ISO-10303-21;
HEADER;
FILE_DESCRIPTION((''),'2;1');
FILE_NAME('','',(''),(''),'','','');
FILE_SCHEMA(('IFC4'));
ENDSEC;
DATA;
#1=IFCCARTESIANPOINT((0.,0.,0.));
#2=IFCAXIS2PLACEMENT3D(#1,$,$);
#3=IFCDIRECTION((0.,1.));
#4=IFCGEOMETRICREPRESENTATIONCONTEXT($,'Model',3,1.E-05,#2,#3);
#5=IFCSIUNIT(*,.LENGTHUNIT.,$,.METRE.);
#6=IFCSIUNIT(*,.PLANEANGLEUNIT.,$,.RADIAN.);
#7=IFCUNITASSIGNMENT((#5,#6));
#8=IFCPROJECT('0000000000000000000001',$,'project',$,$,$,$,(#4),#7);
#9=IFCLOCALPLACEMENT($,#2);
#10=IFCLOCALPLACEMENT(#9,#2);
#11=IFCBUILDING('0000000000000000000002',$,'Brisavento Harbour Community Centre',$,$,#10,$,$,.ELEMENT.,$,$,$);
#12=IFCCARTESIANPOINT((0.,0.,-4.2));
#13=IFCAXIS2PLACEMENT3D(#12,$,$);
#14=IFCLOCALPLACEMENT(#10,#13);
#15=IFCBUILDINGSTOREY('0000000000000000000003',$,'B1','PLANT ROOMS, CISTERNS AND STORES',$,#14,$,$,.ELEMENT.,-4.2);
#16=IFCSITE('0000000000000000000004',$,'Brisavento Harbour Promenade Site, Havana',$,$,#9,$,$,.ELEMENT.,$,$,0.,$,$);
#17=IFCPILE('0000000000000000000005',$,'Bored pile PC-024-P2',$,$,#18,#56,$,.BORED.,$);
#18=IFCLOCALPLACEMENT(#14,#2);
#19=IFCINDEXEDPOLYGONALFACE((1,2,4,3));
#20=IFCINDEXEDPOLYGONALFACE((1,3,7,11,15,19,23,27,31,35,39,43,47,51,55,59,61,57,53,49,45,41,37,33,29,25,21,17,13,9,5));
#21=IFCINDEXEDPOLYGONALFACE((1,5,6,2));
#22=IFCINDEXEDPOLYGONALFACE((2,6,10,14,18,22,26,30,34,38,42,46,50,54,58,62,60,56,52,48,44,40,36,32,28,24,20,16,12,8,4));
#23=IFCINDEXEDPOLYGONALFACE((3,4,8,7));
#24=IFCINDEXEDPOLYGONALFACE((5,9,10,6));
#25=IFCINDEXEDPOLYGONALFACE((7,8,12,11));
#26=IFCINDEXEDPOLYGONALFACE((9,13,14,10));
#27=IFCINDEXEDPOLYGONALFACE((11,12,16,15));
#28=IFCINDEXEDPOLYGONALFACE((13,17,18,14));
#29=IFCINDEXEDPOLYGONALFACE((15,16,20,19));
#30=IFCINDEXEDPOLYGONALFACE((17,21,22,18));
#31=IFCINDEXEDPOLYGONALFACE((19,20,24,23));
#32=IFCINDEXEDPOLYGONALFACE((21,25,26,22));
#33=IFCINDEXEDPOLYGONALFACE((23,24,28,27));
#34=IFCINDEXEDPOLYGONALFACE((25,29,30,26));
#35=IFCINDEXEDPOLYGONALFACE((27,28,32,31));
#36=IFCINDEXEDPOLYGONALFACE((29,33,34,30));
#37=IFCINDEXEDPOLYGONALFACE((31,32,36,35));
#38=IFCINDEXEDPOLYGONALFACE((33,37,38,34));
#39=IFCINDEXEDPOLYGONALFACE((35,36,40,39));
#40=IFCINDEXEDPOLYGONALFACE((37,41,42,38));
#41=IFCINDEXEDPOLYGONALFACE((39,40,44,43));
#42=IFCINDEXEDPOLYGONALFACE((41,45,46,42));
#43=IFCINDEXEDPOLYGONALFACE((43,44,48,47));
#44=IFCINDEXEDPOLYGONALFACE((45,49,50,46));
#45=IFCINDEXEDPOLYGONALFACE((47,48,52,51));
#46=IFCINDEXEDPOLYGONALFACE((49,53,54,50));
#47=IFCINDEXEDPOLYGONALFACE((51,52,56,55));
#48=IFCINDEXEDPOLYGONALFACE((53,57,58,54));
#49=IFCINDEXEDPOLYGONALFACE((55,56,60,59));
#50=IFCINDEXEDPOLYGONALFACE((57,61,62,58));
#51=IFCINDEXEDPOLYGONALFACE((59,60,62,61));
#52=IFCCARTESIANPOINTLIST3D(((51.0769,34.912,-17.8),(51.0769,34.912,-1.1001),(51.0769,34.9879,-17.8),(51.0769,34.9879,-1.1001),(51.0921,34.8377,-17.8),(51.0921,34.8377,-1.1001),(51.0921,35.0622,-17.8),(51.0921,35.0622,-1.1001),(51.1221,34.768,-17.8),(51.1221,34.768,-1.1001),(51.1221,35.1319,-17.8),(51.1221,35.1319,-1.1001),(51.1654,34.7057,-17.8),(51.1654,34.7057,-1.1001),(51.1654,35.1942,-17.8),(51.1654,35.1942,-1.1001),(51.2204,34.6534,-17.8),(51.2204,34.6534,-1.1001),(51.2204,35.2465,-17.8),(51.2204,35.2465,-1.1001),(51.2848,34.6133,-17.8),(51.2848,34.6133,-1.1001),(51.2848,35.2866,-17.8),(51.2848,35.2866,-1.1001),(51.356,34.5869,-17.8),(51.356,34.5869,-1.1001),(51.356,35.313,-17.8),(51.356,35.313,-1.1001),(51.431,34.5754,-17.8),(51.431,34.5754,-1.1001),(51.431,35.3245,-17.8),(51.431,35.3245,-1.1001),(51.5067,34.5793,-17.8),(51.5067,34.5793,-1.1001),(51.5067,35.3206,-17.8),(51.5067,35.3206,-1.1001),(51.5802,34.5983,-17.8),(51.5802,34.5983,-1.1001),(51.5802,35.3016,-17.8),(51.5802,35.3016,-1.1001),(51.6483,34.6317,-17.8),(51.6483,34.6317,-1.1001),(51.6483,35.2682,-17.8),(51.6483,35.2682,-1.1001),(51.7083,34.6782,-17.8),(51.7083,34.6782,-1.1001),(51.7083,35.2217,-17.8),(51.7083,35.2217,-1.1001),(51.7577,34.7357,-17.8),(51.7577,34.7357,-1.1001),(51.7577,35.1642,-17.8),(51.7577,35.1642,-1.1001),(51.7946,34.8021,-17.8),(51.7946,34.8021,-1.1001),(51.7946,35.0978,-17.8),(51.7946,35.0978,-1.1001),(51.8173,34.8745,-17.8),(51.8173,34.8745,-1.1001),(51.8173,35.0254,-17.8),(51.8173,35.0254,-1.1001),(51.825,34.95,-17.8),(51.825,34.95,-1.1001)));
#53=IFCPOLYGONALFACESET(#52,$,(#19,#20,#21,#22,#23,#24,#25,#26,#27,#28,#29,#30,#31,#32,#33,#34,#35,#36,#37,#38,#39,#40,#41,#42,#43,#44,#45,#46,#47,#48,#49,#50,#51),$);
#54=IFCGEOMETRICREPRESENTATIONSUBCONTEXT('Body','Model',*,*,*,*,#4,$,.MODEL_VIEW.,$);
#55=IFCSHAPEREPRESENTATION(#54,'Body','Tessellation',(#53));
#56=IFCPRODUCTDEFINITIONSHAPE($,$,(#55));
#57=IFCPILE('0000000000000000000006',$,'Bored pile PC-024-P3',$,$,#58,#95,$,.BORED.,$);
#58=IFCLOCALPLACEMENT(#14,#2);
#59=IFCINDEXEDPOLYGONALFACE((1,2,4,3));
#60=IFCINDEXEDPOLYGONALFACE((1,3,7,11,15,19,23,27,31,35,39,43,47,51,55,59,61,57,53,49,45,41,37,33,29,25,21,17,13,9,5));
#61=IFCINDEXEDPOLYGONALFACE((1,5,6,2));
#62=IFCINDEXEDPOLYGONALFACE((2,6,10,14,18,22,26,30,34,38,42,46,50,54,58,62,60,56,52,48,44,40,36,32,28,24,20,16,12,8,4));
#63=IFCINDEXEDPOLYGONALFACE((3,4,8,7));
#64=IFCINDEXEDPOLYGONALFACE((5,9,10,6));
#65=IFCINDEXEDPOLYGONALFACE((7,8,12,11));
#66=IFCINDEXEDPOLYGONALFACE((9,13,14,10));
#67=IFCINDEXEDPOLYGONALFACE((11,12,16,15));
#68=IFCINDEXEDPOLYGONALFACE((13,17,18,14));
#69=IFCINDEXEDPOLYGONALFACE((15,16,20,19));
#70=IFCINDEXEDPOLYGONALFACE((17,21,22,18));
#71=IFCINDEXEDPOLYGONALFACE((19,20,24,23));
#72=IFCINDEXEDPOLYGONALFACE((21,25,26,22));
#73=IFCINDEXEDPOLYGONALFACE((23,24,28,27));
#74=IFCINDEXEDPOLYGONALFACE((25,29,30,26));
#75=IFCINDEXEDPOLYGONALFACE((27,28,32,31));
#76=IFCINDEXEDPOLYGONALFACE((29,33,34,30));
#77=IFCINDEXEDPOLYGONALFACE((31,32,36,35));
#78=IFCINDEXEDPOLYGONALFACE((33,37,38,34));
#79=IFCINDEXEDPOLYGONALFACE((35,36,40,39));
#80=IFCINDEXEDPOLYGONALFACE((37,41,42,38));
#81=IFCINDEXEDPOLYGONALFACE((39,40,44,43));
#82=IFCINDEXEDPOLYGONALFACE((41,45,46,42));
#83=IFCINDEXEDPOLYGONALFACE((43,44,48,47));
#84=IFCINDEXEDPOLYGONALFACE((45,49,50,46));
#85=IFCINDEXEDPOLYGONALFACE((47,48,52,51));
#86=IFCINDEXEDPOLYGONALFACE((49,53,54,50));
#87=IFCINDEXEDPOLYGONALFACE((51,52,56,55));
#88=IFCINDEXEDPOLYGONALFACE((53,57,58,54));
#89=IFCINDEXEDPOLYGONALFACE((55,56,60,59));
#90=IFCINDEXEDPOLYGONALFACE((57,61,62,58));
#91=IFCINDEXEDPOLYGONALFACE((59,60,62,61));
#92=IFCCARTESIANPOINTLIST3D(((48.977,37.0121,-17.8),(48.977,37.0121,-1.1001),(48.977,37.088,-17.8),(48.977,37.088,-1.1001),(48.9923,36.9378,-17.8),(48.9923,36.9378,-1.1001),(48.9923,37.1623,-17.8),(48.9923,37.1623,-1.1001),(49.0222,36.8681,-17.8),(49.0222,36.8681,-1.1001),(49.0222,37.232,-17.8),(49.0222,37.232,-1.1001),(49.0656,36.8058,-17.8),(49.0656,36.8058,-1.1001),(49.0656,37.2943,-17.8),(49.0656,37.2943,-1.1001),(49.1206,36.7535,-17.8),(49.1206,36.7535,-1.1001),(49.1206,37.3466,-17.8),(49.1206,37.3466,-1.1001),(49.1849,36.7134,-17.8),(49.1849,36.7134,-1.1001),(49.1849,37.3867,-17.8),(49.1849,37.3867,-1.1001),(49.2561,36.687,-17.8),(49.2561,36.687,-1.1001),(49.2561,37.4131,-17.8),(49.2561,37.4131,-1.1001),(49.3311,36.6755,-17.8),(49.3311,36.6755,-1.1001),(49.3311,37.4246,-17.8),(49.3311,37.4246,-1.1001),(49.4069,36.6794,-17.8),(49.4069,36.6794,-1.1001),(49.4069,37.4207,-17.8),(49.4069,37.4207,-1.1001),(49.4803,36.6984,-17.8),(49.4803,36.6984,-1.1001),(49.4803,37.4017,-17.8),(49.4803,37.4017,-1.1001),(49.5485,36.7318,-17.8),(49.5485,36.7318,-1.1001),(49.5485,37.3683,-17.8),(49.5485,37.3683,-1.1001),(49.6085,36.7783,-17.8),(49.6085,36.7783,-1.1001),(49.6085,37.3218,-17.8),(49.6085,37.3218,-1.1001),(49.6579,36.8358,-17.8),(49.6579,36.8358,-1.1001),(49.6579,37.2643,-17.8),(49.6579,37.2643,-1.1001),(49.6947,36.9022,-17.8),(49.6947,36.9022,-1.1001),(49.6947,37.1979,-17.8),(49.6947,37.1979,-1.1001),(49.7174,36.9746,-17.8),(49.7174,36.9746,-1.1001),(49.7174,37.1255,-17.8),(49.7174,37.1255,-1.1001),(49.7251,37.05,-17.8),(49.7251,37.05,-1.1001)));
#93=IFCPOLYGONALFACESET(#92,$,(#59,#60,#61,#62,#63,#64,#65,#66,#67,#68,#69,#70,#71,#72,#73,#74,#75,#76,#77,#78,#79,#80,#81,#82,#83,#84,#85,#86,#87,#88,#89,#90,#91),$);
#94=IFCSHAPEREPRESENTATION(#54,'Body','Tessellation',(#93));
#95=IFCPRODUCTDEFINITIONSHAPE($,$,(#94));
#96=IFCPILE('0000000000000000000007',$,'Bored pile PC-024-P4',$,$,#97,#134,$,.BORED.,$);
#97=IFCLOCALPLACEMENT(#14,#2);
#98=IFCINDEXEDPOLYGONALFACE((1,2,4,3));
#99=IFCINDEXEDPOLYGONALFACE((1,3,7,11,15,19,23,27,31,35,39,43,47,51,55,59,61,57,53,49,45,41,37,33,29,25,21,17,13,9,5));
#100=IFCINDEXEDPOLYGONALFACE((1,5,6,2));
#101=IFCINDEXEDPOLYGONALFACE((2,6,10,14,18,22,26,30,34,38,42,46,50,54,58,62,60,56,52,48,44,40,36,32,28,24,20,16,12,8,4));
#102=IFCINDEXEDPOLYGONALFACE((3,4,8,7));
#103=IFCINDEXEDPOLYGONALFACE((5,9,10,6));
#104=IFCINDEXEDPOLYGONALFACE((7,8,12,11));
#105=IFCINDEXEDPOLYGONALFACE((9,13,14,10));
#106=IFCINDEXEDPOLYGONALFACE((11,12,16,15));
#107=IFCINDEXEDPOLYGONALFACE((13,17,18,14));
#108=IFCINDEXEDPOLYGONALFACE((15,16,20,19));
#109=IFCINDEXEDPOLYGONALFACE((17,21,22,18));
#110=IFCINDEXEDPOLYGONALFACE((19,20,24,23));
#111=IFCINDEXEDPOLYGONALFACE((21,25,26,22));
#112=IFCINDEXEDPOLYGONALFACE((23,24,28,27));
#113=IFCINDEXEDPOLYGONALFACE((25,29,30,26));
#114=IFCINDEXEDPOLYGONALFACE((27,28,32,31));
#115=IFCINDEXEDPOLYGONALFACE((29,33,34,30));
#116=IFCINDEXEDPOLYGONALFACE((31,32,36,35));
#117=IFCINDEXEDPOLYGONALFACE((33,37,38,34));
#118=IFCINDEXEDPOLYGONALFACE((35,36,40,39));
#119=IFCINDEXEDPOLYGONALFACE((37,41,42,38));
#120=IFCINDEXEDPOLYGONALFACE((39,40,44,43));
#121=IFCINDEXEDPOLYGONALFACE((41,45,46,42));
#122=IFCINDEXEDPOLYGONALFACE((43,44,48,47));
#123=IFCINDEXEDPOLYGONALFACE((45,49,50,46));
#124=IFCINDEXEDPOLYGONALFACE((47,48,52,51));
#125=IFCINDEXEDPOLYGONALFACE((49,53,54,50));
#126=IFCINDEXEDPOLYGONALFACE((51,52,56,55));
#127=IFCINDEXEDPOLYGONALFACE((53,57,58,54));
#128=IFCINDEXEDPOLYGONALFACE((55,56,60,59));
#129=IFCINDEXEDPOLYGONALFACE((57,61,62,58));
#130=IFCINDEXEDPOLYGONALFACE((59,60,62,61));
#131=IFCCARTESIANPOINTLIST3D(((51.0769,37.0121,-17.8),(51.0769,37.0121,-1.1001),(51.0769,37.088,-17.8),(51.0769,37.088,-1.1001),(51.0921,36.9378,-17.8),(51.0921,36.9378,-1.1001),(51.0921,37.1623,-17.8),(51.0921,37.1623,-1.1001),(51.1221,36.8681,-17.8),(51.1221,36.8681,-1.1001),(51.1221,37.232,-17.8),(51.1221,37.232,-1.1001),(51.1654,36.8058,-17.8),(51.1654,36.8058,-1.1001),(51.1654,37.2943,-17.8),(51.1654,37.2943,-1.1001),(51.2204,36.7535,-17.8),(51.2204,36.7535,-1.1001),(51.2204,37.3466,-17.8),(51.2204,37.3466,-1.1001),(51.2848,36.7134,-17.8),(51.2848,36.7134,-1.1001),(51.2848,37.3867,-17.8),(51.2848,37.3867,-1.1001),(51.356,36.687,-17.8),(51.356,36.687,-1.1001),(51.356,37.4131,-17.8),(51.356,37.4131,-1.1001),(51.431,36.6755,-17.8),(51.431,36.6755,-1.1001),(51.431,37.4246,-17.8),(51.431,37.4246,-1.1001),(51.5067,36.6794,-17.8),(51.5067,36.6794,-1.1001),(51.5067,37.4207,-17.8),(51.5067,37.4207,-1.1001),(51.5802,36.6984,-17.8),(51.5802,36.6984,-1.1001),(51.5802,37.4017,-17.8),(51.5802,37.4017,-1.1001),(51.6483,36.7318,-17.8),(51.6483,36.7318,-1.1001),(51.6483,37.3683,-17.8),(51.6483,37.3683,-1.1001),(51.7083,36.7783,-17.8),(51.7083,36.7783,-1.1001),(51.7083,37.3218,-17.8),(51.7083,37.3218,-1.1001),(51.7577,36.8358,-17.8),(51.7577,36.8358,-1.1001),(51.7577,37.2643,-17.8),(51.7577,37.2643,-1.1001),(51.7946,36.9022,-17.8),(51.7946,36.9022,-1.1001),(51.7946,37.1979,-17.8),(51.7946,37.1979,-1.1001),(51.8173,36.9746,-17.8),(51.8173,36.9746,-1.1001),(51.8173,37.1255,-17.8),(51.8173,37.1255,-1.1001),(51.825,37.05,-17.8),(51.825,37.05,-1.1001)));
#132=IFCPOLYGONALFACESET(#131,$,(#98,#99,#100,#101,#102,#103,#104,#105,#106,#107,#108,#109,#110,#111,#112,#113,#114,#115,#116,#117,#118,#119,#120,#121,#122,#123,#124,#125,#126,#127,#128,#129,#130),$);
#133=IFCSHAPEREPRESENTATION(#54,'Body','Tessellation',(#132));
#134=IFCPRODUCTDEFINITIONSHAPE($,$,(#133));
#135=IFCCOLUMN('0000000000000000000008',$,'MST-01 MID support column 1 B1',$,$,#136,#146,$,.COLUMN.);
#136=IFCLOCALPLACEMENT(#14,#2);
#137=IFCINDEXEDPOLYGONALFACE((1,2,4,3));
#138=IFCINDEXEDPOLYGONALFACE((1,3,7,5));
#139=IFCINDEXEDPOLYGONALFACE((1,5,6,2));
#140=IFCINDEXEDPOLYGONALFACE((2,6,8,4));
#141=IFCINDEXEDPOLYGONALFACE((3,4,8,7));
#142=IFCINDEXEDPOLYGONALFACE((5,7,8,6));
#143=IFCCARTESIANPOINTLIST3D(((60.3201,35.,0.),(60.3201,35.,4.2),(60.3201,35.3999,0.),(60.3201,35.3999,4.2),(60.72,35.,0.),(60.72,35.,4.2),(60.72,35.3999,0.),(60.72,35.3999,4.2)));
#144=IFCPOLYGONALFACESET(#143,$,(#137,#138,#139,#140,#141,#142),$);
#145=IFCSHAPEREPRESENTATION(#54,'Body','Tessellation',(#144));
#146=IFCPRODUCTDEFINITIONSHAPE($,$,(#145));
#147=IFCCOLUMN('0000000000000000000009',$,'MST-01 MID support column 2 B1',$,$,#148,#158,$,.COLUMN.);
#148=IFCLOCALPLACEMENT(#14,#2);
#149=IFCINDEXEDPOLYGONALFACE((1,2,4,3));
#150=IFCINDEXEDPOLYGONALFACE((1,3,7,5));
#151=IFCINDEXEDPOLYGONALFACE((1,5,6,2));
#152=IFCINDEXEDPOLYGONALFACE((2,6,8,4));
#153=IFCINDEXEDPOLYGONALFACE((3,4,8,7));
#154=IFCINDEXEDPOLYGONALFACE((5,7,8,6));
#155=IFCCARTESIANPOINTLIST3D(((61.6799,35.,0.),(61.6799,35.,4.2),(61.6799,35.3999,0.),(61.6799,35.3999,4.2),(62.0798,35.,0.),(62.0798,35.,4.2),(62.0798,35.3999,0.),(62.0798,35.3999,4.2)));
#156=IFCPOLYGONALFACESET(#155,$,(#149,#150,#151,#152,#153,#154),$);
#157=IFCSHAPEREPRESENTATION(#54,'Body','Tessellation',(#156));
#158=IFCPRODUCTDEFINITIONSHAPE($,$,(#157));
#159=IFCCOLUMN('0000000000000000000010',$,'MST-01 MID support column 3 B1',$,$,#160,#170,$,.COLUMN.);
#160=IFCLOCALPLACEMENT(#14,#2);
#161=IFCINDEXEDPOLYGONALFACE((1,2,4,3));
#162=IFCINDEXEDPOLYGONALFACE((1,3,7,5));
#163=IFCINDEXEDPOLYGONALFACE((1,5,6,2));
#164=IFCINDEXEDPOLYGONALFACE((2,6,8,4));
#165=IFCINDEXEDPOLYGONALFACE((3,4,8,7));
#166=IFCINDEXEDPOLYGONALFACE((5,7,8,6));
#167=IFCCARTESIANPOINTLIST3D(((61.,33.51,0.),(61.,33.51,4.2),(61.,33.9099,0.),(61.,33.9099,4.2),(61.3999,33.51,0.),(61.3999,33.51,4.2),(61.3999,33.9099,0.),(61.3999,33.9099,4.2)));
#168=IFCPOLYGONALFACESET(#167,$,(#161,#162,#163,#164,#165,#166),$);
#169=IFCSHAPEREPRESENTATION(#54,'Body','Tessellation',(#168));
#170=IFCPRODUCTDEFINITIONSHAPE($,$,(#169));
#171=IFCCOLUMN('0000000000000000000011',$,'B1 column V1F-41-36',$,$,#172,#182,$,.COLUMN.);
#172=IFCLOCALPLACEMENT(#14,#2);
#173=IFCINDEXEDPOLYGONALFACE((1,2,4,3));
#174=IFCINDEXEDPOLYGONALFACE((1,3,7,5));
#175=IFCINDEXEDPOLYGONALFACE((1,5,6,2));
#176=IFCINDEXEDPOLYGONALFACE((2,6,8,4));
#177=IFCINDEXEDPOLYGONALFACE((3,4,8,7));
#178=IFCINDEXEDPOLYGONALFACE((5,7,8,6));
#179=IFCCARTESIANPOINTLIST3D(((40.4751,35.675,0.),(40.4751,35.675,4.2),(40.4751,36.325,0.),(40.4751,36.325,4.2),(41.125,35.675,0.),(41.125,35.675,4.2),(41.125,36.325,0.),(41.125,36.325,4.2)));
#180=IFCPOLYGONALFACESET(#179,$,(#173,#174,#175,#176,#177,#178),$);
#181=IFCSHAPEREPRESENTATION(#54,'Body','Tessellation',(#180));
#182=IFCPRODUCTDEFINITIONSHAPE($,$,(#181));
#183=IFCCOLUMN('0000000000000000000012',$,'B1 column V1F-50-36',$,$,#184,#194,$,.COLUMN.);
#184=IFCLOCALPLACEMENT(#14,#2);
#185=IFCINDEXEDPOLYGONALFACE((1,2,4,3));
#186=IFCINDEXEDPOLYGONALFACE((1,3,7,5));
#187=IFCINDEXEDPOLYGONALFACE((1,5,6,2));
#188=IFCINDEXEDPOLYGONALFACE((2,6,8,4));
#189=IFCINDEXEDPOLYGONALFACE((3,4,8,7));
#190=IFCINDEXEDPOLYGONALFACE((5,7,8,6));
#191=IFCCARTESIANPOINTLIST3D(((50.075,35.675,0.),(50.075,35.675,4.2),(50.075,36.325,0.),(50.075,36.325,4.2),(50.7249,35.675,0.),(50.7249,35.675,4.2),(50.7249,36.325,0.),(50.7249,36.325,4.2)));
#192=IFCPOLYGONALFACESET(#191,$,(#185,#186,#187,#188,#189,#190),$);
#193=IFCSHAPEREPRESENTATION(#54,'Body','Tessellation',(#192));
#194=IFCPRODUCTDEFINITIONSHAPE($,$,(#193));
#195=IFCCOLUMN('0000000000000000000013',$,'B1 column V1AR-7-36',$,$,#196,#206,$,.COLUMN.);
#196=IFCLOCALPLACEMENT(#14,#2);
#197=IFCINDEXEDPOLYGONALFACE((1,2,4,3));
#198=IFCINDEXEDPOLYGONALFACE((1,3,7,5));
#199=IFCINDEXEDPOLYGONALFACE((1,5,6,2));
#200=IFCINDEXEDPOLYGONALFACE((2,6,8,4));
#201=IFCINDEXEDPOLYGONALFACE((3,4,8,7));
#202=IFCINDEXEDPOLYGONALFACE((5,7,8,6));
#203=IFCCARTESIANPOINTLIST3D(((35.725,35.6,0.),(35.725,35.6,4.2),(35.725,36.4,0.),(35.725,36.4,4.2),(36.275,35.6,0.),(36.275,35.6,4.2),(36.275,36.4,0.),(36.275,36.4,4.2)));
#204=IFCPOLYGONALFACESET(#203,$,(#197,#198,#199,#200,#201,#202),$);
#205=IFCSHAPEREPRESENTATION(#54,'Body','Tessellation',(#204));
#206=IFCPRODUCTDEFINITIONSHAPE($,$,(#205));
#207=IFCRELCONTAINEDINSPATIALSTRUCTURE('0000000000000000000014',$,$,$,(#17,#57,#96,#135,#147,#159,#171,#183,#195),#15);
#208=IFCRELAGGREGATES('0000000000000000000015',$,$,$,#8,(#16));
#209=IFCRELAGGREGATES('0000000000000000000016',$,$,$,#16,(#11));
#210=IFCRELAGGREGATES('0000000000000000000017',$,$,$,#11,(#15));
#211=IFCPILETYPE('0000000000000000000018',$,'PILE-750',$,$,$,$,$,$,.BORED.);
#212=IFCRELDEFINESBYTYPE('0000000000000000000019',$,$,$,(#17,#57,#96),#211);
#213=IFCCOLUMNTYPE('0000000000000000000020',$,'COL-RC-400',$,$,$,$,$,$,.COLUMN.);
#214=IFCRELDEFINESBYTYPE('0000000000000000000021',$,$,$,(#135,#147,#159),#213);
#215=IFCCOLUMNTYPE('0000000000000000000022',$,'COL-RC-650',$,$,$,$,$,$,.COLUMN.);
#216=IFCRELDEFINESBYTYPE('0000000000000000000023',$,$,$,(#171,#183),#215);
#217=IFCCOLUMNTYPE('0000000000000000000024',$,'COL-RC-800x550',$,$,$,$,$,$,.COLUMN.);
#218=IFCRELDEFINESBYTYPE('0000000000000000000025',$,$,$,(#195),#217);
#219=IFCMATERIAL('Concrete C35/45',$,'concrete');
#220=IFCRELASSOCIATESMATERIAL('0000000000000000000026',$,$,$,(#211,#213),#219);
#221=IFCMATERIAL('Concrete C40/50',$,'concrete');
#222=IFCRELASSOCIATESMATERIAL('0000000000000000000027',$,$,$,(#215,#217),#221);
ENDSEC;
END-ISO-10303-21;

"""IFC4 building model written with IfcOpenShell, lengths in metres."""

from ifc_helpers import new_model, si_unit, direction, frame, origin, origin_2d, place, context, subcontext, project, spatial, rectangle, circle, extrude, material, material_profile, profile_set, type_object, element, save


model = new_model("IFC4")

# Units and contexts
model_context = context("Model", 3, precision=1e-05, world=origin(), true_north=direction((0.0, 1.0)))
body_context = subcontext(model_context, "Body", "Model", "MODEL_VIEW")
ifc_project = project(units=[si_unit("LENGTHUNIT", "METRE"), si_unit("PLANEANGLEUNIT", "RADIAN")], contexts=[model_context])

# Site, building, storey
site_placement = place(None, origin())
site = spatial("IfcSite", under=ifc_project, at=site_placement, Name="Brisavento Harbour Promenade Site, Havana", CompositionType="ELEMENT", RefElevation=0.0)
building_placement = place(site_placement, origin())
building = spatial("IfcBuilding", under=site, at=building_placement, Name="Brisavento Harbour Community Centre", CompositionType="ELEMENT")
storey_placement = place(building_placement, frame((0.0, 0.0, -4.2)))
storey = spatial("IfcBuildingStorey", under=building, at=storey_placement, Name="B1", Description="PLANT ROOMS, CISTERNS AND STORES", CompositionType="ELEMENT", Elevation=-4.2)

# Shared definitions
ifc_material_1 = material(Name="Concrete C35/45", Category="concrete")

# Piles
ifc_material_profile_1 = material_profile(ifc_material_1, circle(Radius=0.375, at=origin_2d()), Name="Concrete C35/45")
ifc_profile_set_1 = profile_set([ifc_material_profile_1], Name="Concrete C35/45")
pile_type_1 = type_object("IfcPileType", Name="PILE-750", PredefinedType="BORED", material=ifc_profile_set_1)
for number, where, z_axis, x_axis, name in (
    (1, (51.45, 34.95, -1.1001), (0.0, 0.0, -1.0), (1.0, 0.0, 0.0), "Bored pile PC-024-P2"),
    (2, (49.3501, 37.05, -1.1001), (0.0, 0.0, -1.0), (1.0, 0.0, 0.0), "Bored pile PC-024-P3"),
    (3, (51.45, 37.05, -1.1001), (0.0, 0.0, -1.0), (1.0, 0.0, 0.0), "Bored pile PC-024-P4"),
):
    element("IfcPile", number, at=place(storey_placement, frame(where, z_axis=z_axis, x_axis=x_axis)), inside=storey, type_object=pile_type_1, Name=name, PredefinedType="BORED", context=body_context, shape_type="SweptSolid", body=[
        extrude(circle(Radius=0.375, at=origin_2d()), origin(), (0.0, 0.0, 1.0), 16.7),
    ])

# Columns
ifc_material_profile_2 = material_profile(ifc_material_1, rectangle(XDim=0.3999, YDim=0.3999, at=origin_2d()), Name="Concrete C35/45")
ifc_profile_set_2 = profile_set([ifc_material_profile_2], Name="Concrete C35/45")
column_type_1 = type_object("IfcColumnType", Name="COL-RC-400", PredefinedType="COLUMN", material=ifc_profile_set_2)
for number, where, z_axis, x_axis, name in (
    (4, (60.52, 35.2, 0.0), (0.0, 0.0, 1.0), (1.0, 0.0, 0.0), "MST-01 MID support column 1 B1"),
    (5, (61.8799, 35.2, 0.0), (0.0, 0.0, 1.0), (1.0, 0.0, 0.0), "MST-01 MID support column 2 B1"),
    (6, (61.2, 33.71, 0.0), (0.0, 0.0, 1.0), (1.0, 0.0, 0.0), "MST-01 MID support column 3 B1"),
):
    element("IfcColumn", number, at=place(storey_placement, frame(where, z_axis=z_axis, x_axis=x_axis)), inside=storey, type_object=column_type_1, Name=name, PredefinedType="COLUMN", context=body_context, shape_type="SweptSolid", body=[
        extrude(rectangle(XDim=0.3999, YDim=0.3999, at=origin_2d()), origin(), (0.0, 0.0, 1.0), 4.2),
    ])
ifc_material_2 = material(Name="Concrete C40/50", Category="concrete")
ifc_material_profile_3 = material_profile(ifc_material_2, rectangle(XDim=0.6499, YDim=0.6499, at=origin_2d()), Name="Concrete C40/50")
ifc_profile_set_3 = profile_set([ifc_material_profile_3], Name="Concrete C40/50")
column_type_2 = type_object("IfcColumnType", Name="COL-RC-650", PredefinedType="COLUMN", material=ifc_profile_set_3)
for number, where, z_axis, x_axis, name in (
    (7, (40.8, 36.0, 0.0), (0.0, 0.0, 1.0), (1.0, 0.0, 0.0), "B1 column V1F-41-36"),
    (8, (50.3999, 36.0, 0.0), (0.0, 0.0, 1.0), (1.0, 0.0, 0.0), "B1 column V1F-50-36"),
):
    element("IfcColumn", number, at=place(storey_placement, frame(where, z_axis=z_axis, x_axis=x_axis)), inside=storey, type_object=column_type_2, Name=name, PredefinedType="COLUMN", context=body_context, shape_type="SweptSolid", body=[
        extrude(rectangle(XDim=0.6499, YDim=0.6499, at=origin_2d()), origin(), (0.0, 0.0, 1.0), 4.2),
    ])
ifc_material_profile_4 = material_profile(ifc_material_2, rectangle(XDim=0.55, YDim=0.8, at=origin_2d()), Name="Concrete C40/50")
ifc_profile_set_4 = profile_set([ifc_material_profile_4], Name="Concrete C40/50")
column_type_3 = type_object("IfcColumnType", Name="COL-RC-800x550", PredefinedType="COLUMN", material=ifc_profile_set_4)
column_placement = place(storey_placement, frame((36.0, 36.0, 0.0), z_axis=(0.0, 0.0, 1.0), x_axis=(1.0, 0.0, 0.0)))
element("IfcColumn", 9, at=column_placement, inside=storey, type_object=column_type_3, Name="B1 column V1AR-7-36", PredefinedType="COLUMN", context=body_context, shape_type="SweptSolid", body=[
    extrude(rectangle(XDim=0.55, YDim=0.8, at=origin_2d()), origin(), (0.0, 0.0, 1.0), 4.2),
])

save(model, "model.ifc")
